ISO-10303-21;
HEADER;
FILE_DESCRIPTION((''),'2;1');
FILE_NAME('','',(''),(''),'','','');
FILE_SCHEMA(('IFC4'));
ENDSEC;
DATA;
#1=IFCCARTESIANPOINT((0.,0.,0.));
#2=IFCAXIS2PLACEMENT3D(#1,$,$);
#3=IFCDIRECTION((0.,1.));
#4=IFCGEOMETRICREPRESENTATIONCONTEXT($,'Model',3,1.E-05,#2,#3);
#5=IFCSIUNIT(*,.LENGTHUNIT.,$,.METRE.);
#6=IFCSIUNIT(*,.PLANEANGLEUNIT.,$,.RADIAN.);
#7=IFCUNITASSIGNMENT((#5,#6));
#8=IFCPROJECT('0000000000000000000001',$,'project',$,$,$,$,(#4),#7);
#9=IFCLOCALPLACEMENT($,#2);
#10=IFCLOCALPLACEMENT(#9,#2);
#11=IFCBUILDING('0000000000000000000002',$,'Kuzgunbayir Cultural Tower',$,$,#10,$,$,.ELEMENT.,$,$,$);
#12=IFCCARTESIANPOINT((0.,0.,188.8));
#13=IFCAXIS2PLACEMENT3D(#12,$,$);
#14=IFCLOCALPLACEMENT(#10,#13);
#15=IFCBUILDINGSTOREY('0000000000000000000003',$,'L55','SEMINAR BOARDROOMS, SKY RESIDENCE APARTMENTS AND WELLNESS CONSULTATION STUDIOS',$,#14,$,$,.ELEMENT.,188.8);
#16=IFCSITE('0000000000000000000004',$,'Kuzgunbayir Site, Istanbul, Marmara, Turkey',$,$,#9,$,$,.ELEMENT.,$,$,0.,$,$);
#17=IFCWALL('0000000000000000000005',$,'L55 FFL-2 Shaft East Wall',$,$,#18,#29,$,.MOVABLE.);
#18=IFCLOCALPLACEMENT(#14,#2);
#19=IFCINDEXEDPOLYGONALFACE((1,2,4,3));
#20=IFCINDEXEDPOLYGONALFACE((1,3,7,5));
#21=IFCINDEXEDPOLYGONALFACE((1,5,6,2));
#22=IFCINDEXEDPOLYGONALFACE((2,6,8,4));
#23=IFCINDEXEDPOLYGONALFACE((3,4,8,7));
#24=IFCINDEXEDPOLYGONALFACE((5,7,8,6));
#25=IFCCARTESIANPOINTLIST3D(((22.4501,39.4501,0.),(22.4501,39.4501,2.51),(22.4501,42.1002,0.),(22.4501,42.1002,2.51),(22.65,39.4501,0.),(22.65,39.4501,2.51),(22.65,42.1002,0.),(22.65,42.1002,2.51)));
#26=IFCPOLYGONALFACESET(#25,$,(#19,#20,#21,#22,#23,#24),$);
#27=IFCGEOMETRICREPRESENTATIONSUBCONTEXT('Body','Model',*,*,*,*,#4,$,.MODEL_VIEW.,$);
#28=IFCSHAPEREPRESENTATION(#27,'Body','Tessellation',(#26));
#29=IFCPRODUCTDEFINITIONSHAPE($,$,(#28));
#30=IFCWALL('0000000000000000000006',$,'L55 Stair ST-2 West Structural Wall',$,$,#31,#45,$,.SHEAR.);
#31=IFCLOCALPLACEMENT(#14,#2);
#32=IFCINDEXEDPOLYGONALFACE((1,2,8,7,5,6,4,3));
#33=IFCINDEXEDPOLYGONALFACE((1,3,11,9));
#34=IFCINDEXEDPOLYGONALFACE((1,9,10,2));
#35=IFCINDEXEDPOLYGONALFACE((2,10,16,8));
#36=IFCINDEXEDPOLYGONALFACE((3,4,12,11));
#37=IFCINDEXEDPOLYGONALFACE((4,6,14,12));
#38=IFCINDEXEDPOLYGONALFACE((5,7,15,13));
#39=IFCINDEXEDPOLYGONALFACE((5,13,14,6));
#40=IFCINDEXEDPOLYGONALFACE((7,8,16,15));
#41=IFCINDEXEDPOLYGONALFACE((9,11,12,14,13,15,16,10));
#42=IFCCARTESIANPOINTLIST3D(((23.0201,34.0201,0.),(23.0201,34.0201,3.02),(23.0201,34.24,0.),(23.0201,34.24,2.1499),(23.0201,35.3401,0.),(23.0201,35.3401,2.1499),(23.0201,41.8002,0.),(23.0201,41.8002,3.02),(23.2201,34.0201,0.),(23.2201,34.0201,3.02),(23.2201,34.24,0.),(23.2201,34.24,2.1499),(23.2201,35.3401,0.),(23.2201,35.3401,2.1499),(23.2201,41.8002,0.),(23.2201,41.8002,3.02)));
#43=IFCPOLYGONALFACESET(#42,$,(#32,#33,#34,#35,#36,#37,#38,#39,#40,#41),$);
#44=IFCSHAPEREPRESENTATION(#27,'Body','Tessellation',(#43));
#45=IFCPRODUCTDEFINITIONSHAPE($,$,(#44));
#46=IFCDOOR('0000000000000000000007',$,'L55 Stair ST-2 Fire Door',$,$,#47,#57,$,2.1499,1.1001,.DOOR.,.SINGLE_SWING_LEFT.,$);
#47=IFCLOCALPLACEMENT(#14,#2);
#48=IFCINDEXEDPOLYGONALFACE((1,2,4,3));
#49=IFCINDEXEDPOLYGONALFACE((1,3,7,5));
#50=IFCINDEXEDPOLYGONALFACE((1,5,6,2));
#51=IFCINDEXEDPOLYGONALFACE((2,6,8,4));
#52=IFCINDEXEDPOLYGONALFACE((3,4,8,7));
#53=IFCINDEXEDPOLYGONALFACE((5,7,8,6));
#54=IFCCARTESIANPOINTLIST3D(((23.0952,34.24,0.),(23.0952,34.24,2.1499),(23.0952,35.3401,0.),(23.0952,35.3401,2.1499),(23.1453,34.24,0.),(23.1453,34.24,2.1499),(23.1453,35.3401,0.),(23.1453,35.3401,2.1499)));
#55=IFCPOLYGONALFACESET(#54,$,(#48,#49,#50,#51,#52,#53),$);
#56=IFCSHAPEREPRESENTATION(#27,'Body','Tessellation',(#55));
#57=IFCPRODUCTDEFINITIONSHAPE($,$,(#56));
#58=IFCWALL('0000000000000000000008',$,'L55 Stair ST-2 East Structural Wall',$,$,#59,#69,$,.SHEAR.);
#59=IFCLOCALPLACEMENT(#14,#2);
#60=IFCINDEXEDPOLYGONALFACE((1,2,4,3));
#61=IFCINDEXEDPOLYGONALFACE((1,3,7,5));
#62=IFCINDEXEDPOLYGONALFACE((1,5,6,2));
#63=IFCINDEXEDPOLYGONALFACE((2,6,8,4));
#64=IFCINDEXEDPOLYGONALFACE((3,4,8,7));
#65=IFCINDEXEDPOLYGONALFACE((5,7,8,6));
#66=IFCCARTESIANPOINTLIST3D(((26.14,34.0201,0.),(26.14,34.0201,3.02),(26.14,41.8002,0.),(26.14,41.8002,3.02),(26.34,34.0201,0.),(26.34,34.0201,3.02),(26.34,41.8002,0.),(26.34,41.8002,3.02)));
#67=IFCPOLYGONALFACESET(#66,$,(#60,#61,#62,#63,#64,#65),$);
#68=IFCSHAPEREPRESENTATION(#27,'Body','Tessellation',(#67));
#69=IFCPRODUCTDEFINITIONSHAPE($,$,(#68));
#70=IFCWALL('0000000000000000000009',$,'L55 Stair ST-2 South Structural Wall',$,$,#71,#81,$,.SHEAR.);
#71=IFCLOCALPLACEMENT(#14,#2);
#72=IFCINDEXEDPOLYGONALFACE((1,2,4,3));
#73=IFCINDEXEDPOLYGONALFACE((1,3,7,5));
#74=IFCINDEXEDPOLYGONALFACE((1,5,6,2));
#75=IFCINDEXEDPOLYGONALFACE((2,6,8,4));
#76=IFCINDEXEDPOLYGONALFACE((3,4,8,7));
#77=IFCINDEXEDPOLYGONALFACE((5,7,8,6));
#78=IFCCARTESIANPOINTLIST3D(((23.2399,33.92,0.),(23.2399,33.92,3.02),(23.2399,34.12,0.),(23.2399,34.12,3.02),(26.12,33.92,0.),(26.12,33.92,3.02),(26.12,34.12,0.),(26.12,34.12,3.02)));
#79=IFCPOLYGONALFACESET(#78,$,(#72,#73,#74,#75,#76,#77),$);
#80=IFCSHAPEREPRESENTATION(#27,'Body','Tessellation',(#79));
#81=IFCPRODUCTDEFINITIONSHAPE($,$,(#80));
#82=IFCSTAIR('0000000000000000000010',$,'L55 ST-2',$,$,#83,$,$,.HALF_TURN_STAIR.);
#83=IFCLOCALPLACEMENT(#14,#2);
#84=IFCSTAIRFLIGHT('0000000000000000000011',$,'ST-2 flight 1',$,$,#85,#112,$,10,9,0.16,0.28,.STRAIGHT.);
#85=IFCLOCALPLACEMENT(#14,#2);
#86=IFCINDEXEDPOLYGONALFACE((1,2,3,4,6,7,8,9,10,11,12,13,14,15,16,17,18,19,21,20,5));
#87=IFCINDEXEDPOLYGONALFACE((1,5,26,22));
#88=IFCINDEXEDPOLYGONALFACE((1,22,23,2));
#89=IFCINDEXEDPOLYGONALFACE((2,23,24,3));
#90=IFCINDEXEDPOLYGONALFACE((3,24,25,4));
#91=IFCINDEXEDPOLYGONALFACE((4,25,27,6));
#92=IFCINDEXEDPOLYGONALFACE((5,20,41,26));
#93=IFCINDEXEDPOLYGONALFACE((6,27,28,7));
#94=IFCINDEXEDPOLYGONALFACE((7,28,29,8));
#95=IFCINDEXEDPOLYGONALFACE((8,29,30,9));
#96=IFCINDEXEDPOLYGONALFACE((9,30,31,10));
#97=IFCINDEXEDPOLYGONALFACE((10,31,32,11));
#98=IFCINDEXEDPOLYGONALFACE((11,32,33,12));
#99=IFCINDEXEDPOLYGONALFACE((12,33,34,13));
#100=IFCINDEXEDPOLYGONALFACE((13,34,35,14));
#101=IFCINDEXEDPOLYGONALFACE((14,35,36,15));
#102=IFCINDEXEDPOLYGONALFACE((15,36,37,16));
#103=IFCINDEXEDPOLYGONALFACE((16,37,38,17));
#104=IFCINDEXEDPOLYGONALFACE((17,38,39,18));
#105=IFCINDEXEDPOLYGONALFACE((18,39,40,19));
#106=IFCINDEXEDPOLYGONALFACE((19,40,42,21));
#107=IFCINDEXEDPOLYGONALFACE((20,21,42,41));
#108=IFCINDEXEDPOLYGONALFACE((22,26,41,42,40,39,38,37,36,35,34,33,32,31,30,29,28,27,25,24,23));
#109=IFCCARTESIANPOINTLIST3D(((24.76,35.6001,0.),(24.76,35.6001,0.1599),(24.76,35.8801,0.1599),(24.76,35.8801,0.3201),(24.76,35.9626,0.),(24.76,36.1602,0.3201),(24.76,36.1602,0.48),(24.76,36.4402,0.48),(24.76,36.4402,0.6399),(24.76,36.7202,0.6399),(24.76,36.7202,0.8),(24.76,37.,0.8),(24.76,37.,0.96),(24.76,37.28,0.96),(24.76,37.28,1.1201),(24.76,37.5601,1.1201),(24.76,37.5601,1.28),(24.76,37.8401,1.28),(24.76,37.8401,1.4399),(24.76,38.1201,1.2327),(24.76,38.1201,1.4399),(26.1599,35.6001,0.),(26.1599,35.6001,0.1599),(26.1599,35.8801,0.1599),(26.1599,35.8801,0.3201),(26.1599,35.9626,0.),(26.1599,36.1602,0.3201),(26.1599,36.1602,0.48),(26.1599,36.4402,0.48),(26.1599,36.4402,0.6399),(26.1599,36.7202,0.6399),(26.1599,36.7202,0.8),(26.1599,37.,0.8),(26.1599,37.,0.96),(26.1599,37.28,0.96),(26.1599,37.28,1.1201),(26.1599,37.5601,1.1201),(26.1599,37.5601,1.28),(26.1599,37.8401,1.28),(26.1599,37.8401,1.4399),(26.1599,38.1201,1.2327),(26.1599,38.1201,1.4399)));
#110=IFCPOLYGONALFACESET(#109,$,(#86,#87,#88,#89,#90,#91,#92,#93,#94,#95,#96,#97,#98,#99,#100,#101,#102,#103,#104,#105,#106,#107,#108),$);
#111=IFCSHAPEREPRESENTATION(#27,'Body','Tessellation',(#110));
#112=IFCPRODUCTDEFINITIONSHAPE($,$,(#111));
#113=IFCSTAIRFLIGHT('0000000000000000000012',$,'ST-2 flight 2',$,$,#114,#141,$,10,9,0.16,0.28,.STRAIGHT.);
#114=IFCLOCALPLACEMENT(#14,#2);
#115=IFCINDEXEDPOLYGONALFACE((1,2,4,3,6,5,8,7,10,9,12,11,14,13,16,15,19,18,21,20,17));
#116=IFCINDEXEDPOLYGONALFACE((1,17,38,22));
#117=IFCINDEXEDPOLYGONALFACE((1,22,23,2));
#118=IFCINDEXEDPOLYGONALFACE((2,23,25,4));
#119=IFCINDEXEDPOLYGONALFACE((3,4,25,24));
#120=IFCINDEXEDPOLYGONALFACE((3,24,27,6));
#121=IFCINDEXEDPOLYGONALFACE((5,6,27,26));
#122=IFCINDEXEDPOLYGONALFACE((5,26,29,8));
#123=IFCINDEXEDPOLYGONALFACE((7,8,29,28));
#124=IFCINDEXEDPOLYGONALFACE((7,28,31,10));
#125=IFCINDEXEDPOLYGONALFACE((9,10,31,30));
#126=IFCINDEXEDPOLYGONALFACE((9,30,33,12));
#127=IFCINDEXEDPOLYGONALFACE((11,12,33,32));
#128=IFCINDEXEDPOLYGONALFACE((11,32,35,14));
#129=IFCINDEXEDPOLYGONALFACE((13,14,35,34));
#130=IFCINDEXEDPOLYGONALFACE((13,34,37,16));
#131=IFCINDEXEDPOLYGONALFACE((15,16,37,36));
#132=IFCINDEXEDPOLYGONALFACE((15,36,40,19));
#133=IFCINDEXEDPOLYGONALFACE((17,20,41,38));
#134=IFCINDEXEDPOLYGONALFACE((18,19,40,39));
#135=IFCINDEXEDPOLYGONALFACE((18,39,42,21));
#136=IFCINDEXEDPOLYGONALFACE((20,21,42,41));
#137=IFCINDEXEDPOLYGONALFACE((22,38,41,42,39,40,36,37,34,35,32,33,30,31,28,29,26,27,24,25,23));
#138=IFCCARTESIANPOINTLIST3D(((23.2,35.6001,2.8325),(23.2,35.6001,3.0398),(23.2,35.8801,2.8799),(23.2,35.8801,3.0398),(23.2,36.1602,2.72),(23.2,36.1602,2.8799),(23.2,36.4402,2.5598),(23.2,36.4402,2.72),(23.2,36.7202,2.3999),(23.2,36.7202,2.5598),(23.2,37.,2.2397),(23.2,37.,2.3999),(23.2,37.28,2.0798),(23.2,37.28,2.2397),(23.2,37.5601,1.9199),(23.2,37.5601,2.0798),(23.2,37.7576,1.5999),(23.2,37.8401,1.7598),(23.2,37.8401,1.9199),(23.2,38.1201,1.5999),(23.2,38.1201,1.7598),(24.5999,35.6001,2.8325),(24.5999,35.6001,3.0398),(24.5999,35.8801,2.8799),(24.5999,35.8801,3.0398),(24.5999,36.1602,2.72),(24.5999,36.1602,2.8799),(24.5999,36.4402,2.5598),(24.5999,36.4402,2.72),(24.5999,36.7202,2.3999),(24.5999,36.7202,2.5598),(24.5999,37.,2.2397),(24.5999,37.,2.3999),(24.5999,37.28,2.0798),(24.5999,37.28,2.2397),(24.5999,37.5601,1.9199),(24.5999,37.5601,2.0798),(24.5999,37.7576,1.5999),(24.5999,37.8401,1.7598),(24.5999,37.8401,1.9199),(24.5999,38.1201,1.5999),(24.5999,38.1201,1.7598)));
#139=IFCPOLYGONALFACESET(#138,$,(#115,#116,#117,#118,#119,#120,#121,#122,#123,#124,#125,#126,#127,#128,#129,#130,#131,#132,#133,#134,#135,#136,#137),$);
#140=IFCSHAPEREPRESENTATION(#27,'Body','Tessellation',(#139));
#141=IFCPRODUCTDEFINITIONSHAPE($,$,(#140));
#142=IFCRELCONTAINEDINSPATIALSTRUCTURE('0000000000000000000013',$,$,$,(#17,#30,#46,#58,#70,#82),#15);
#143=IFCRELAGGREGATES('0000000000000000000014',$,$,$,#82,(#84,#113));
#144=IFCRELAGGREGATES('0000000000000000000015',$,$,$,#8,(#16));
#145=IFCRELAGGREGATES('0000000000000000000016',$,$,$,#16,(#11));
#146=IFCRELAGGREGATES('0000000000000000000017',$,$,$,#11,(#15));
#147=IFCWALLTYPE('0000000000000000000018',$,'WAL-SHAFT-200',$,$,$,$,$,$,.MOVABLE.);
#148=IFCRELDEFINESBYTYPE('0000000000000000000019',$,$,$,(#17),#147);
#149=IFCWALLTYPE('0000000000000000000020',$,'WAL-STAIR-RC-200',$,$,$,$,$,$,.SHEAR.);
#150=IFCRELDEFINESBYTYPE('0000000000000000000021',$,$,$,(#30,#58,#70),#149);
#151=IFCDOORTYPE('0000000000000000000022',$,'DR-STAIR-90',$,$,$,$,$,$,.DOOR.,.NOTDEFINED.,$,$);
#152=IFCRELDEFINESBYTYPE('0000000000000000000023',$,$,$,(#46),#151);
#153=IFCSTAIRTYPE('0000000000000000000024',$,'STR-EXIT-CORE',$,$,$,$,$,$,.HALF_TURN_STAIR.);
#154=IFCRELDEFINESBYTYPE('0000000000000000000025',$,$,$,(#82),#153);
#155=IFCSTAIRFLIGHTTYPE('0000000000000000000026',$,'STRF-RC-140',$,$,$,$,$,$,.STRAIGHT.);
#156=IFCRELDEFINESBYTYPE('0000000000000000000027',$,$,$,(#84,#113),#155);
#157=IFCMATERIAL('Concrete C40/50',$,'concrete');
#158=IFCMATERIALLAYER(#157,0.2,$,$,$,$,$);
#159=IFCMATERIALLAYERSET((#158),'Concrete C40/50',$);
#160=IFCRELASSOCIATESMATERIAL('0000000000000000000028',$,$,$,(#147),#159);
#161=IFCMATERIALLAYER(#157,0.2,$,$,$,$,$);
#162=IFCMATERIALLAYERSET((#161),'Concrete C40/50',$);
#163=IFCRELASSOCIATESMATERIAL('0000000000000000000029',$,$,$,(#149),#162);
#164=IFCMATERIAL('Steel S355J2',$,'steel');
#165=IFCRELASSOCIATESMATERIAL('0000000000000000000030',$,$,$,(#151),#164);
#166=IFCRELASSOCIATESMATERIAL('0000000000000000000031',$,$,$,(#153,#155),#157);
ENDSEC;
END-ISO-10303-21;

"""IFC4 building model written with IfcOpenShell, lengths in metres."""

from ifc_helpers import new_model, si_unit, direction, frame, frame_2d, origin, place, context, subcontext, project, spatial, polyline, rectangle, outline, extrude, material, layer, layer_set, type_object, element, fill, aggregate, save


model = new_model("IFC4")

# Units and contexts
model_context = context("Model", 3, precision=1e-05, world=origin(), true_north=direction((0.0, 1.0)))
body_context = subcontext(model_context, "Body", "Model", "MODEL_VIEW")
ifc_project = project(units=[si_unit("LENGTHUNIT", "METRE"), si_unit("PLANEANGLEUNIT", "RADIAN")], contexts=[model_context])

# Site, building, storey
site_placement = place(None, origin())
site = spatial("IfcSite", under=ifc_project, at=site_placement, Name="Kuzgunbayir Site, Istanbul, Marmara, Turkey", CompositionType="ELEMENT", RefElevation=0.0)
building_placement = place(site_placement, origin())
building = spatial("IfcBuilding", under=site, at=building_placement, Name="Kuzgunbayir Cultural Tower", CompositionType="ELEMENT")
storey_placement = place(building_placement, frame((0.0, 0.0, 188.8)))
storey = spatial("IfcBuildingStorey", under=building, at=storey_placement, Name="L55", Description="SEMINAR BOARDROOMS, SKY RESIDENCE APARTMENTS AND WELLNESS CONSULTATION STUDIOS", CompositionType="ELEMENT", Elevation=188.8)

# Shared definitions
ifc_material_1 = material(Name="Steel S355J2", Category="steel")

# Shared definitions
ifc_material_2 = material(Name="Concrete C40/50", Category="concrete")
ifc_layer_1 = layer(ifc_material_2, 0.2)
ifc_layer_set_1 = layer_set([ifc_layer_1], Name="Concrete C40/50")
wall_type_1 = type_object("IfcWallType", Name="WAL-SHAFT-200", PredefinedType="MOVABLE", material=ifc_layer_set_1)

# Wall
for number, where, z_axis, x_axis, name in (
    (1, (22.55, 39.45, 0.0), (0.0, 0.0, 1.0), (0.0, 1.0, 0.0), "L55 FFL-2 Shaft East Wall"),
):
    element("IfcWall", number, at=place(storey_placement, frame(where, z_axis=z_axis, x_axis=x_axis)), inside=storey, type_object=wall_type_1, Name=name, PredefinedType="MOVABLE", context=body_context, shape_type="SweptSolid", body=[
        extrude(rectangle(XDim=2.6501, YDim=0.2, at=frame_2d((1.3252, 0.0))), origin(), (0.0, 0.0, 1.0), 2.51),
    ])

# Wall, opening, door
ifc_layer_2 = layer(ifc_material_2, 0.2)
ifc_layer_set_2 = layer_set([ifc_layer_2], Name="Concrete C40/50")
wall_type_2 = type_object("IfcWallType", Name="WAL-STAIR-RC-200", PredefinedType="SHEAR", material=ifc_layer_set_2)
wall_1_placement = place(storey_placement, frame((23.1201, 34.02, 0.0), z_axis=(0.0, 0.0, 1.0), x_axis=(0.0, 1.0, 0.0)))
wall_1 = element("IfcWall", 2, at=wall_1_placement, inside=storey, type_object=wall_type_2, Name="L55 Stair ST-2 West Structural Wall", PredefinedType="SHEAR", context=body_context, shape_type="SweptSolid", body=[
    extrude(rectangle(XDim=7.78, YDim=0.2, at=frame_2d((3.8901, 0.0))), origin(), (0.0, 0.0, 1.0), 3.02),
])
opening_1_placement = place(wall_1_placement, frame((0.22, 0.0, 0.0)))
opening_1 = element("IfcOpeningElement", 3, at=opening_1_placement, cuts=wall_1, PredefinedType="OPENING", context=body_context, shape_type="SweptSolid", body=[
    extrude(rectangle(XDim=1.1001, YDim=2.1499, at=frame_2d((0.55, 1.075))), frame((0.0, 0.1099, 0.0), z_axis=(0.0, -1.0, 0.0), x_axis=(1.0, 0.0, 0.0)), (0.0, 0.0, 1.0), 0.22),
])
door_type_1 = type_object("IfcDoorType", Name="DR-STAIR-90", OperationType="NOTDEFINED", PredefinedType="DOOR", material=ifc_material_1)
door_1_placement = place(opening_1_placement, origin())
door_1 = element("IfcDoor", 4, at=door_1_placement, inside=storey, type_object=door_type_1, Name="L55 Stair ST-2 Fire Door", OperationType="SINGLE_SWING_LEFT", OverallHeight=2.1499, OverallWidth=1.1001, PredefinedType="DOOR", context=body_context, shape_type="SweptSolid", body=[
    extrude(rectangle(XDim=1.1001, YDim=2.1499, at=frame_2d((0.55, 1.075))), frame((0.0, 0.0249, 0.0), z_axis=(0.0, -1.0, 0.0), x_axis=(1.0, 0.0, 0.0)), (0.0, 0.0, 1.0), 0.05),
])
fill(opening_1, door_1)

# Walls
wall_2_placement = place(storey_placement, frame((26.24, 34.02, 0.0), z_axis=(0.0, 0.0, 1.0), x_axis=(0.0, 1.0, 0.0)))
element("IfcWall", 5, at=wall_2_placement, inside=storey, type_object=wall_type_2, Name="L55 Stair ST-2 East Structural Wall", PredefinedType="SHEAR", context=body_context, shape_type="SweptSolid", body=[
    extrude(rectangle(XDim=7.78, YDim=0.2, at=frame_2d((3.8901, 0.0))), origin(), (0.0, 0.0, 1.0), 3.02),
])
wall_3_placement = place(storey_placement, frame((23.24, 34.02, 0.0), z_axis=(0.0, 0.0, 1.0), x_axis=(1.0, 0.0, 0.0)))
element("IfcWall", 6, at=wall_3_placement, inside=storey, type_object=wall_type_2, Name="L55 Stair ST-2 South Structural Wall", PredefinedType="SHEAR", context=body_context, shape_type="SweptSolid", body=[
    extrude(rectangle(XDim=2.8801, YDim=0.2, at=frame_2d((1.4399, 0.0))), origin(), (0.0, 0.0, 1.0), 3.02),
])

# Stair, stair flights
stair_type = type_object("IfcStairType", Name="STR-EXIT-CORE", PredefinedType="HALF_TURN_STAIR", material=ifc_material_2)
stair_placement = place(storey_placement, origin())
stair = element("IfcStair", 7, at=stair_placement, inside=storey, type_object=stair_type, Name="L55 ST-2", PredefinedType="HALF_TURN_STAIR")
stair_flight_type = type_object("IfcStairFlightType", Name="STRF-RC-140", PredefinedType="STRAIGHT", material=ifc_material_2)
stair_flight_1_placement = place(storey_placement, frame((25.46, 35.6001, 0.0), z_axis=(0.0, 0.0, 1.0), x_axis=(0.0, 1.0, 0.0)))
stair_flight_1 = element("IfcStairFlight", 8, at=stair_flight_1_placement, type_object=stair_flight_type, Name="ST-2 flight 1", NumberOfRisers=10, NumberOfTreads=9, PredefinedType="STRAIGHT", RiserHeight=0.16, TreadLength=0.28, context=body_context, shape_type="SweptSolid", body=[
    extrude(outline(polyline([(0.0, 0.0), (0.0, 0.1599), (0.28, 0.1599), (0.28, 0.3201), (0.5601, 0.3201), (0.5601, 0.48), (0.8401, 0.48), (0.8401, 0.6399), (1.1201, 0.6399), (1.1201, 0.8), (1.3999, 0.8), (1.3999, 0.96), (1.6799, 0.96), (1.6799, 1.1201), (1.96, 1.1201), (1.96, 1.28), (2.24, 1.28), (2.24, 1.4399), (2.52, 1.4399), (2.52, 1.6001), (2.52, 1.2327), (0.3625, 0.0), (0.0, 0.0)])), frame((0.0, 0.7, 0.0), z_axis=(0.0, -1.0, 0.0), x_axis=(1.0, 0.0, 0.0)), (0.0, 0.0, 1.0), 1.3999),
])
stair_flight_2_placement = place(storey_placement, frame((23.8999, 38.1201, 1.5999), z_axis=(0.0, 0.0, 1.0), x_axis=(0.0, -1.0, 0.0)))
stair_flight_2 = element("IfcStairFlight", 9, at=stair_flight_2_placement, type_object=stair_flight_type, Name="ST-2 flight 2", NumberOfRisers=10, NumberOfTreads=9, PredefinedType="STRAIGHT", RiserHeight=0.16, TreadLength=0.28, context=body_context, shape_type="SweptSolid", body=[
    extrude(outline(polyline([(0.0, 0.0), (0.0, 0.1599), (0.28, 0.1599), (0.28, 0.3201), (0.5601, 0.3201), (0.5601, 0.48), (0.8401, 0.48), (0.8401, 0.6399), (1.1201, 0.6399), (1.1201, 0.8), (1.3999, 0.8), (1.3999, 0.96), (1.6799, 0.96), (1.6799, 1.1201), (1.96, 1.1201), (1.96, 1.28), (2.24, 1.28), (2.24, 1.4399), (2.52, 1.4399), (2.52, 1.6001), (2.52, 1.2327), (0.3625, 0.0), (0.0, 0.0)])), frame((0.0, 0.7, 0.0), z_axis=(0.0, -1.0, 0.0), x_axis=(1.0, 0.0, 0.0)), (0.0, 0.0, 1.0), 1.3999),
])
aggregate(stair, [stair_flight_1, stair_flight_2])

save(model, "model.ifc")
